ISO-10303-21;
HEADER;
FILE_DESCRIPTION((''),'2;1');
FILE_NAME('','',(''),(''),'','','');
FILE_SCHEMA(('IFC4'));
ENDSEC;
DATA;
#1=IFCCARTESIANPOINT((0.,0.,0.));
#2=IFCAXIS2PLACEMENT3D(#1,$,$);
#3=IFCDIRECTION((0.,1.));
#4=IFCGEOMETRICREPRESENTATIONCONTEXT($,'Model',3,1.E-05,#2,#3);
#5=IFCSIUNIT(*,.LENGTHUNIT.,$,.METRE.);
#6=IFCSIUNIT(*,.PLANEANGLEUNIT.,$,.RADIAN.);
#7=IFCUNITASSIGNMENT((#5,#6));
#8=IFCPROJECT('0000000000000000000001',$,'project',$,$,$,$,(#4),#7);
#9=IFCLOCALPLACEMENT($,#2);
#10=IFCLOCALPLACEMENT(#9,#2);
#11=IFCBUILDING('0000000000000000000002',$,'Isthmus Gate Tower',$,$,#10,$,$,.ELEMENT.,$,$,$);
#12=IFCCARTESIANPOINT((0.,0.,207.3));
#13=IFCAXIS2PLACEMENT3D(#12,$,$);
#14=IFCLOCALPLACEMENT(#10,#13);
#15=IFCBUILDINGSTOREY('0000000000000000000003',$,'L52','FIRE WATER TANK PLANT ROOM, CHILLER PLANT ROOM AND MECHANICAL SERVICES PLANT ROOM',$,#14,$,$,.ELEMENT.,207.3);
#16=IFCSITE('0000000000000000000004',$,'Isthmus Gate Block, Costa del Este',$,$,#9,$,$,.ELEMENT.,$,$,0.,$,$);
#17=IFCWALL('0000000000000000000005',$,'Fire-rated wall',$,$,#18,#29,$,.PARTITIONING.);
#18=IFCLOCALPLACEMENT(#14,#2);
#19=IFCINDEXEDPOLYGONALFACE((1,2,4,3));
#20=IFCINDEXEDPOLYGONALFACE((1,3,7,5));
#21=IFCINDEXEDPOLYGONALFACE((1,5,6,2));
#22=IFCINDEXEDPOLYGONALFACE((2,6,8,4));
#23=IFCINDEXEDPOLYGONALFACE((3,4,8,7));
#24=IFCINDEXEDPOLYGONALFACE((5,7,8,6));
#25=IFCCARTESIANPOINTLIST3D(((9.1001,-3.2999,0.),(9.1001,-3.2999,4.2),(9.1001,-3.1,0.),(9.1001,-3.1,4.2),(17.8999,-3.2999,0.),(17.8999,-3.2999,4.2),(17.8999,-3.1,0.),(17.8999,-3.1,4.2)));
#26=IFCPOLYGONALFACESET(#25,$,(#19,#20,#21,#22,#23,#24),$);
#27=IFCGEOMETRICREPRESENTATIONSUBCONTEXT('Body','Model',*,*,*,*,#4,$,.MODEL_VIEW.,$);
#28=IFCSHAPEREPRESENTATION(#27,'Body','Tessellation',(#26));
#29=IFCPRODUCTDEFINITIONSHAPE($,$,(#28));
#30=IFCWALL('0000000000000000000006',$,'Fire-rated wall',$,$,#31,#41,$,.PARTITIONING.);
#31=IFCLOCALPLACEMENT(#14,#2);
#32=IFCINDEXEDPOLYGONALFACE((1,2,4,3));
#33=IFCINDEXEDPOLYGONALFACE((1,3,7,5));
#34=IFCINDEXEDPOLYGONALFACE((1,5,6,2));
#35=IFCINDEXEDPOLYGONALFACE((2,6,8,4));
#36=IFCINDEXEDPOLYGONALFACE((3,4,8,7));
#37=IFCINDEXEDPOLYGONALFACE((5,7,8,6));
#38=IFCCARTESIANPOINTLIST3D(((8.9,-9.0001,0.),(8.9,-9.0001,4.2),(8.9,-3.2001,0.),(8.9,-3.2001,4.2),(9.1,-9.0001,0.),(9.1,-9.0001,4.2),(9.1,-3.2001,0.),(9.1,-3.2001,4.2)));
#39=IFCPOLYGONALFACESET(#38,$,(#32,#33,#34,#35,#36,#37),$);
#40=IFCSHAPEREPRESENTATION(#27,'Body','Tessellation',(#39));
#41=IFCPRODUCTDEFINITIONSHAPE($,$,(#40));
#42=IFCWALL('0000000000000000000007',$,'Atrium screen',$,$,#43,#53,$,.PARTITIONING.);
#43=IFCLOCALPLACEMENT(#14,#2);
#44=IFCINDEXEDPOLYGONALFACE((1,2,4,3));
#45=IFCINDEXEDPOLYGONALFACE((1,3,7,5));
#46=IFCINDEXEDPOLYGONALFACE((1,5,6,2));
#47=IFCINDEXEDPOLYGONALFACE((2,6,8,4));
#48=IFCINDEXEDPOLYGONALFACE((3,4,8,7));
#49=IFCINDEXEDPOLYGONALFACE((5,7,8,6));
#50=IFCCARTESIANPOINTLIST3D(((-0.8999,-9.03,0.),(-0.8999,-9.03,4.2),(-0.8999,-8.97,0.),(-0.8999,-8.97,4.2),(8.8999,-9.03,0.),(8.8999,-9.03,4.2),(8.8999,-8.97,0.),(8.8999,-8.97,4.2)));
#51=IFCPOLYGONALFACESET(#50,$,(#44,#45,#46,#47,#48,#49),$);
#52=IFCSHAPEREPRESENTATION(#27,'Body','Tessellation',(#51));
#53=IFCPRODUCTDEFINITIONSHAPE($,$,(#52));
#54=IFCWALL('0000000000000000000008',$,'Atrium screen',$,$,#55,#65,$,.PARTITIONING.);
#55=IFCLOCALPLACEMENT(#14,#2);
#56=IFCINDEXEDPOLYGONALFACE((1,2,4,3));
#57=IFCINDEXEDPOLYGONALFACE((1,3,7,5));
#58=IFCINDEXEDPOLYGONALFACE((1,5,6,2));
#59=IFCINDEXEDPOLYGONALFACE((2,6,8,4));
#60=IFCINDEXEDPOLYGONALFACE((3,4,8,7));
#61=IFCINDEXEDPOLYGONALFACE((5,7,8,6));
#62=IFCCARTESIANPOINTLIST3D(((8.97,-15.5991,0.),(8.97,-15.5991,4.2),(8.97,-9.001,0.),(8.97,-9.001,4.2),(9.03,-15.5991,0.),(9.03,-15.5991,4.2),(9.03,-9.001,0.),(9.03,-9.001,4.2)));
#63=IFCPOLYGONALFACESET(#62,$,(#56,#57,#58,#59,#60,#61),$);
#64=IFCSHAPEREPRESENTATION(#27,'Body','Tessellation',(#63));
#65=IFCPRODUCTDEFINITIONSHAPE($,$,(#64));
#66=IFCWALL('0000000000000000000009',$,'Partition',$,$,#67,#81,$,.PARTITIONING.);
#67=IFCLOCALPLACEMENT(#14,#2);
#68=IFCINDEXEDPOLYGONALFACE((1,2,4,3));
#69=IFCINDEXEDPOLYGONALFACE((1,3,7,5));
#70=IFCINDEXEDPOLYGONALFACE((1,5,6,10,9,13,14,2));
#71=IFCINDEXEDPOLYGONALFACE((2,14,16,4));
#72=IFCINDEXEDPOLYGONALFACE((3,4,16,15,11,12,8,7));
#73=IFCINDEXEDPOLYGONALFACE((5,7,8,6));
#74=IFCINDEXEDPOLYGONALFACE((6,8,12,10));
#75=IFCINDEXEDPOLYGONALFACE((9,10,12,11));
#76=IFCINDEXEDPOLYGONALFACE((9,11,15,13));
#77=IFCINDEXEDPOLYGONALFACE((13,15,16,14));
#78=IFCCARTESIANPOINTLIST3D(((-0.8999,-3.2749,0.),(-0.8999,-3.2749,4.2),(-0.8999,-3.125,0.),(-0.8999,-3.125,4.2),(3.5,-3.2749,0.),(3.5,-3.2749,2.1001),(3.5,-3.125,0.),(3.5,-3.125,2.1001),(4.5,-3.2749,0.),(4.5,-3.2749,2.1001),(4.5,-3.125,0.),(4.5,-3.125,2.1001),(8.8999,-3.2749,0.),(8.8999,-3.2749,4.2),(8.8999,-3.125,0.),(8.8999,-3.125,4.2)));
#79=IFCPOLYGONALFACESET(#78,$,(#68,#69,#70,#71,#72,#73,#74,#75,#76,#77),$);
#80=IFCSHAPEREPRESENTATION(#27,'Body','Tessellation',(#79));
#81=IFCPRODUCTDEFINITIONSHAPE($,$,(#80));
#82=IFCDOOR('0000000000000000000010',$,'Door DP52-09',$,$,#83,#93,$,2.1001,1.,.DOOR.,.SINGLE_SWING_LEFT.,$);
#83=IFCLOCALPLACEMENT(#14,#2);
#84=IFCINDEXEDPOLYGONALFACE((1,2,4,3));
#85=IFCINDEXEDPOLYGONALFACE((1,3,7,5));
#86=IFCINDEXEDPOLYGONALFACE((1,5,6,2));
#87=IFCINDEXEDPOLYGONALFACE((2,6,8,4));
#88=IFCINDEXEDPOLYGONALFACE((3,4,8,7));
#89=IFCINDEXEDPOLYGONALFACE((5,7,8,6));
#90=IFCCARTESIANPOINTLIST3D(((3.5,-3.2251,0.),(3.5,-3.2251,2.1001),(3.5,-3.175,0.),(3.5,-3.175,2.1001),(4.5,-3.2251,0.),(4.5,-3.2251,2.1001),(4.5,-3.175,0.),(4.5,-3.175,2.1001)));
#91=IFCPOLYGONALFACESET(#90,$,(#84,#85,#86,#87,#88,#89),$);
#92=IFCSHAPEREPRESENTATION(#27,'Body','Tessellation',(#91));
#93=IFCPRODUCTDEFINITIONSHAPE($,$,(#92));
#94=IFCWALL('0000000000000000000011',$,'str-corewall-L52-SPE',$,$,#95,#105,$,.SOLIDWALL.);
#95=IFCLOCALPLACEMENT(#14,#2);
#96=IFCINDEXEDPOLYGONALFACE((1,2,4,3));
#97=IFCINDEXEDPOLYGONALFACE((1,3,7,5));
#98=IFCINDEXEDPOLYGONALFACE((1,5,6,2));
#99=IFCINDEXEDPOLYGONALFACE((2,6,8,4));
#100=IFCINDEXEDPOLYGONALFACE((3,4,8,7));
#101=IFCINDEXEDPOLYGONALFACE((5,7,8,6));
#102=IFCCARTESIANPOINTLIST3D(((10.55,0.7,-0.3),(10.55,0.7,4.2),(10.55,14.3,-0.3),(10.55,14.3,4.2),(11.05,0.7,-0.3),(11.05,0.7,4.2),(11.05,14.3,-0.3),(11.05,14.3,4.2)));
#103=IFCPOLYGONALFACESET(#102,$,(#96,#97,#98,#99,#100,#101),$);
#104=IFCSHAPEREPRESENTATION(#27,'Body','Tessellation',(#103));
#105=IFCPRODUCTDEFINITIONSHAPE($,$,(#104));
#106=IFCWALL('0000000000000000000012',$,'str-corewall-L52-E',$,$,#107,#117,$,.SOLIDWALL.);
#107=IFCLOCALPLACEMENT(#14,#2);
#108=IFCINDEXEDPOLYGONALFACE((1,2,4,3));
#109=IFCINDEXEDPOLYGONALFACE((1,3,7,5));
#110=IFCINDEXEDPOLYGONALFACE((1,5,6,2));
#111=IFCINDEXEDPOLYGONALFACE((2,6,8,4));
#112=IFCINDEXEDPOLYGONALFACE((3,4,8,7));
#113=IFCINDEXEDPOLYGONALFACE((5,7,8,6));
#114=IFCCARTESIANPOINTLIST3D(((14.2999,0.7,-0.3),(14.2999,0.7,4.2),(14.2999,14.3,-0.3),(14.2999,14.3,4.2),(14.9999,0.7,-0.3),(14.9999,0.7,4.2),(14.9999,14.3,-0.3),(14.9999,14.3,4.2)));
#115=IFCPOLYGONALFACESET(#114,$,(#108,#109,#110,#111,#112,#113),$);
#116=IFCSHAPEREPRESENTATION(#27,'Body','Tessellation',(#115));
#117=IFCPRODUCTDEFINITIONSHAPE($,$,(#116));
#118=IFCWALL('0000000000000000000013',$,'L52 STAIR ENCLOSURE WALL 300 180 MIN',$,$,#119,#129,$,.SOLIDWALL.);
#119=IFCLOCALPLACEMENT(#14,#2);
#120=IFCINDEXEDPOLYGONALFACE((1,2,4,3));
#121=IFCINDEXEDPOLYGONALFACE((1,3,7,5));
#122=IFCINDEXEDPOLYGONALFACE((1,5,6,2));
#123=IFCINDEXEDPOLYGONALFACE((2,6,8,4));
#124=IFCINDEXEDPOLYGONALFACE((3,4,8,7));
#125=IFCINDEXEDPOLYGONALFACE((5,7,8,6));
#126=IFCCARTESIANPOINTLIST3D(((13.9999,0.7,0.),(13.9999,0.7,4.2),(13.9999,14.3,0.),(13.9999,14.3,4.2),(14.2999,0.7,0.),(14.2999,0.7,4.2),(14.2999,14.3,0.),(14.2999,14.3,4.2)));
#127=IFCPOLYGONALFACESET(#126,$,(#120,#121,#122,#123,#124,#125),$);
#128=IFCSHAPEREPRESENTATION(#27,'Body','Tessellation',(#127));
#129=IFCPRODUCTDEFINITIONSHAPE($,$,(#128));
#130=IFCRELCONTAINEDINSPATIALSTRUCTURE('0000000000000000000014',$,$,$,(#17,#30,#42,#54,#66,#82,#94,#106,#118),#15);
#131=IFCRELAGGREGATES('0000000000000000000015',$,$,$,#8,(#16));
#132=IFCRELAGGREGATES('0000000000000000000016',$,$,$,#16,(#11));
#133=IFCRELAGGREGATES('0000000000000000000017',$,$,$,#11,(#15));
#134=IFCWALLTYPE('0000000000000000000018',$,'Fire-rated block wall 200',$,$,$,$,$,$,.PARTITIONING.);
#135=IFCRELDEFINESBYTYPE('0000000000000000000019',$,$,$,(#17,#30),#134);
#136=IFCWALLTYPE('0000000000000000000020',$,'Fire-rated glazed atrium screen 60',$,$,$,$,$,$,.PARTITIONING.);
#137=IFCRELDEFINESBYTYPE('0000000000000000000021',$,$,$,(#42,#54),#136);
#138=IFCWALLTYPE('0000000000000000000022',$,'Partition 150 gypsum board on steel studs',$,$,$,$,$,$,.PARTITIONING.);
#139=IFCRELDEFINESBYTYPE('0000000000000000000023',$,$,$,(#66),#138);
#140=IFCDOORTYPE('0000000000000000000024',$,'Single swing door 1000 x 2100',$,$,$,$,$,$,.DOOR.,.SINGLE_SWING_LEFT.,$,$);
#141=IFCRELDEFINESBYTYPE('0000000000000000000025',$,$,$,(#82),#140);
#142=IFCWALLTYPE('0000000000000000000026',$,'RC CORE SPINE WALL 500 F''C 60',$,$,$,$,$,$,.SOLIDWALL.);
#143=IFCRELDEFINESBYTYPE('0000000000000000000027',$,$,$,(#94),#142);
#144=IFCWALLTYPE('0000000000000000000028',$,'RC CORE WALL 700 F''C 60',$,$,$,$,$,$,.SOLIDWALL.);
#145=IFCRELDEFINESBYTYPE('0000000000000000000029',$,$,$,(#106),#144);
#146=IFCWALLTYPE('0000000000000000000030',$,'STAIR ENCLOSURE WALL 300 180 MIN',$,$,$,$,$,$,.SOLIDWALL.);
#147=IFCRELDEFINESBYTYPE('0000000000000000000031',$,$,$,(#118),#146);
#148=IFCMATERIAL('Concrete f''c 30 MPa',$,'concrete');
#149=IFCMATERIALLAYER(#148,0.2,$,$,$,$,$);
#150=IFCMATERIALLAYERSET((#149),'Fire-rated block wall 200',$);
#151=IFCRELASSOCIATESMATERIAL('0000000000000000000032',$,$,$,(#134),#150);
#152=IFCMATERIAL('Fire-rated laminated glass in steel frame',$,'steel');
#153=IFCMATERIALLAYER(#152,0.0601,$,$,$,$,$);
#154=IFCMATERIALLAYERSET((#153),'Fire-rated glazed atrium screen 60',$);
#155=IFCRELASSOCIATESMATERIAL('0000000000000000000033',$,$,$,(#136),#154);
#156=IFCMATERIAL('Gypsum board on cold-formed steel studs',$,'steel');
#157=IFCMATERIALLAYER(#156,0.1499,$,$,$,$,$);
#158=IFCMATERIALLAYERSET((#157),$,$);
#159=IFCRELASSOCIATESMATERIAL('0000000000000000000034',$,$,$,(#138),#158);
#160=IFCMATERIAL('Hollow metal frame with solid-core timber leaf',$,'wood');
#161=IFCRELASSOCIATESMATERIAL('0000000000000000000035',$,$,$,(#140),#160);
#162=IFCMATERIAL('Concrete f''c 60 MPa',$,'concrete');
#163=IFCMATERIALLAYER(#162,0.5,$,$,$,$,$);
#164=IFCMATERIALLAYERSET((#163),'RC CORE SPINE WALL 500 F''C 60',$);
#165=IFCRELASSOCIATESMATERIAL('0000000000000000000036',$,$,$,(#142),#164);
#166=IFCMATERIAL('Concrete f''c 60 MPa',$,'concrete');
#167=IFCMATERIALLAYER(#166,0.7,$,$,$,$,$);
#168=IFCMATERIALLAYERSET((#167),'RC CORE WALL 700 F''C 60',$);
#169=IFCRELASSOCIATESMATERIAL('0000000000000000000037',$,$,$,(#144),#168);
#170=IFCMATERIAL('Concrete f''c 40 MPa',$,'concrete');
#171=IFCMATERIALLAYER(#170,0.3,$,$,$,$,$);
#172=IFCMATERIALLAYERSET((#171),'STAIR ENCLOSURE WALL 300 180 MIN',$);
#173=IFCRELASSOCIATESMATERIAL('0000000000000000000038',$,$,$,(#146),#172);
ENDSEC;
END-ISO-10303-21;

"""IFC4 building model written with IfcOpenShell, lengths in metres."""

from ifc_helpers import new_model, si_unit, direction, frame, frame_2d, origin, place, context, subcontext, project, spatial, rectangle, extrude, material, layer, layer_set, type_object, element, fill, save


model = new_model("IFC4")

# Units and contexts
model_context = context("Model", 3, precision=1e-05, world=origin(), true_north=direction((0.0, 1.0)))
body_context = subcontext(model_context, "Body", "Model", "MODEL_VIEW")
ifc_project = project(units=[si_unit("LENGTHUNIT", "METRE"), si_unit("PLANEANGLEUNIT", "RADIAN")], contexts=[model_context])

# Site, building, storey
site_placement = place(None, origin())
site = spatial("IfcSite", under=ifc_project, at=site_placement, Name="Isthmus Gate Block, Costa del Este", CompositionType="ELEMENT", RefElevation=0.0)
building_placement = place(site_placement, origin())
building = spatial("IfcBuilding", under=site, at=building_placement, Name="Isthmus Gate Tower", CompositionType="ELEMENT")
storey_placement = place(building_placement, frame((0.0, 0.0, 207.3)))
storey = spatial("IfcBuildingStorey", under=building, at=storey_placement, Name="L52", Description="FIRE WATER TANK PLANT ROOM, CHILLER PLANT ROOM AND MECHANICAL SERVICES PLANT ROOM", CompositionType="ELEMENT", Elevation=207.3)

# Walls
ifc_material_1 = material(Name="Concrete f'c 30 MPa", Category="concrete")
ifc_layer_1 = layer(ifc_material_1, 0.2)
ifc_layer_set_1 = layer_set([ifc_layer_1], Name="Fire-rated block wall 200")
wall_type_1 = type_object("IfcWallType", Name="Fire-rated block wall 200", PredefinedType="PARTITIONING", material=ifc_layer_set_1)
wall_1_placement = place(storey_placement, frame((9.1001, -3.2, 0.0), z_axis=(0.0, 0.0, 1.0), x_axis=(1.0, 0.0, 0.0)))
element("IfcWall", 1, at=wall_1_placement, inside=storey, type_object=wall_type_1, Name="Fire-rated wall", PredefinedType="PARTITIONING", context=body_context, shape_type="SweptSolid", body=[
    extrude(rectangle(XDim=8.7998, YDim=0.2, at=frame_2d((4.3999, 0.0))), origin(), (0.0, 0.0, 1.0), 4.2),
])
wall_2_placement = place(storey_placement, frame((9.0, -9.0, 0.0), z_axis=(0.0, 0.0, 1.0), x_axis=(0.0, 1.0, 0.0)))
element("IfcWall", 2, at=wall_2_placement, inside=storey, type_object=wall_type_1, Name="Fire-rated wall", PredefinedType="PARTITIONING", context=body_context, shape_type="SweptSolid", body=[
    extrude(rectangle(XDim=5.8, YDim=0.2, at=frame_2d((2.8999, 0.0))), origin(), (0.0, 0.0, 1.0), 4.2),
])
ifc_material_2 = material(Name="Fire-rated laminated glass in steel frame", Category="steel")
ifc_layer_2 = layer(ifc_material_2, 0.0601)
ifc_layer_set_2 = layer_set([ifc_layer_2], Name="Fire-rated glazed atrium screen 60")
wall_type_2 = type_object("IfcWallType", Name="Fire-rated glazed atrium screen 60", PredefinedType="PARTITIONING", material=ifc_layer_set_2)
wall_3_placement = place(storey_placement, frame((-0.8999, -9.0, 0.0), z_axis=(0.0, 0.0, 1.0), x_axis=(1.0, 0.0, 0.0)))
element("IfcWall", 3, at=wall_3_placement, inside=storey, type_object=wall_type_2, Name="Atrium screen", PredefinedType="PARTITIONING", context=body_context, shape_type="SweptSolid", body=[
    extrude(rectangle(XDim=9.7998, YDim=0.0601, at=frame_2d((4.8999, 0.0))), origin(), (0.0, 0.0, 1.0), 4.2),
])
wall_4_placement = place(storey_placement, frame((9.0, -15.5991, 0.0), z_axis=(0.0, 0.0, 1.0), x_axis=(0.0, 1.0, 0.0)))
element("IfcWall", 4, at=wall_4_placement, inside=storey, type_object=wall_type_2, Name="Atrium screen", PredefinedType="PARTITIONING", context=body_context, shape_type="SweptSolid", body=[
    extrude(rectangle(XDim=6.5981, YDim=0.0601, at=frame_2d((3.2991, 0.0))), origin(), (0.0, 0.0, 1.0), 4.2),
])

# Wall, opening, door
ifc_material_3 = material(Name="Gypsum board on cold-formed steel studs", Category="steel")
ifc_layer_3 = layer(ifc_material_3, 0.1499)
ifc_layer_set_3 = layer_set([ifc_layer_3])
wall_type_3 = type_object("IfcWallType", Name="Partition 150 gypsum board on steel studs", PredefinedType="PARTITIONING", material=ifc_layer_set_3)
wall_5_placement = place(storey_placement, frame((-0.8999, -3.2, 0.0), z_axis=(0.0, 0.0, 1.0), x_axis=(1.0, 0.0, 0.0)))
wall_5 = element("IfcWall", 5, at=wall_5_placement, inside=storey, type_object=wall_type_3, Name="Partition", PredefinedType="PARTITIONING", context=body_context, shape_type="SweptSolid", body=[
    extrude(rectangle(XDim=9.7998, YDim=0.1499, at=frame_2d((4.8999, 0.0))), origin(), (0.0, 0.0, 1.0), 4.2),
])
opening_placement = place(wall_5_placement, frame((4.3999, 0.0, 0.0)))
opening = element("IfcOpeningElement", 6, at=opening_placement, cuts=wall_5, PredefinedType="OPENING", context=body_context, shape_type="SweptSolid", body=[
    extrude(rectangle(XDim=1.0, YDim=2.1001, at=frame_2d((0.5, 1.05))), frame((0.0, 0.085, 0.0), z_axis=(0.0, -1.0, 0.0), x_axis=(1.0, 0.0, 0.0)), (0.0, 0.0, 1.0), 0.1699),
])
ifc_material_4 = material(Name="Hollow metal frame with solid-core timber leaf", Category="wood")
door_type = type_object("IfcDoorType", Name="Single swing door 1000 x 2100", OperationType="SINGLE_SWING_LEFT", PredefinedType="DOOR", material=ifc_material_4)
door_placement = place(opening_placement, origin())
door = element("IfcDoor", 7, at=door_placement, inside=storey, type_object=door_type, Name="Door DP52-09", OperationType="SINGLE_SWING_LEFT", OverallHeight=2.1001, OverallWidth=1.0, PredefinedType="DOOR", context=body_context, shape_type="SweptSolid", body=[
    extrude(rectangle(XDim=1.0, YDim=2.1001, at=frame_2d((0.5, 1.05))), frame((0.0, 0.0249, 0.0), z_axis=(0.0, -1.0, 0.0), x_axis=(1.0, 0.0, 0.0)), (0.0, 0.0, 1.0), 0.05),
])
fill(opening, door)

# Walls
ifc_material_5 = material(Name="Concrete f'c 60 MPa", Category="concrete")
ifc_layer_4 = layer(ifc_material_5, 0.5)
ifc_layer_set_4 = layer_set([ifc_layer_4], Name="RC CORE SPINE WALL 500 F'C 60")
wall_type_4 = type_object("IfcWallType", Name="RC CORE SPINE WALL 500 F'C 60", PredefinedType="SOLIDWALL", material=ifc_layer_set_4)
wall_6_placement = place(storey_placement, frame((10.8, 0.7, -0.3), z_axis=(0.0, 0.0, 1.0), x_axis=(0.0, 1.0, 0.0)))
element("IfcWall", 8, at=wall_6_placement, inside=storey, type_object=wall_type_4, Name="str-corewall-L52-SPE", PredefinedType="SOLIDWALL", context=body_context, shape_type="SweptSolid", body=[
    extrude(rectangle(XDim=13.6001, YDim=0.5, at=frame_2d((6.8, 0.0))), origin(), (0.0, 0.0, 1.0), 4.5),
])
ifc_material_6 = material(Name="Concrete f'c 60 MPa", Category="concrete")
ifc_layer_5 = layer(ifc_material_6, 0.7)
ifc_layer_set_5 = layer_set([ifc_layer_5], Name="RC CORE WALL 700 F'C 60")
wall_type_5 = type_object("IfcWallType", Name="RC CORE WALL 700 F'C 60", PredefinedType="SOLIDWALL", material=ifc_layer_set_5)
wall_7_placement = place(storey_placement, frame((14.6499, 0.7, -0.3), z_axis=(0.0, 0.0, 1.0), x_axis=(0.0, 1.0, 0.0)))
element("IfcWall", 9, at=wall_7_placement, inside=storey, type_object=wall_type_5, Name="str-corewall-L52-E", PredefinedType="SOLIDWALL", context=body_context, shape_type="SweptSolid", body=[
    extrude(rectangle(XDim=13.6001, YDim=0.7, at=frame_2d((6.8, 0.0))), origin(), (0.0, 0.0, 1.0), 4.5),
])
ifc_material_7 = material(Name="Concrete f'c 40 MPa", Category="concrete")
ifc_layer_6 = layer(ifc_material_7, 0.3)
ifc_layer_set_6 = layer_set([ifc_layer_6], Name="STAIR ENCLOSURE WALL 300 180 MIN")
wall_type_6 = type_object("IfcWallType", Name="STAIR ENCLOSURE WALL 300 180 MIN", PredefinedType="SOLIDWALL", material=ifc_layer_set_6)
wall_8_placement = place(storey_placement, frame((14.1499, 0.7, 0.0), z_axis=(0.0, 0.0, 1.0), x_axis=(0.0, 1.0, 0.0)))
element("IfcWall", 10, at=wall_8_placement, inside=storey, type_object=wall_type_6, Name="L52 STAIR ENCLOSURE WALL 300 180 MIN", PredefinedType="SOLIDWALL", context=body_context, shape_type="SweptSolid", body=[
    extrude(rectangle(XDim=13.6001, YDim=0.3, at=frame_2d((6.8, 0.0))), origin(), (0.0, 0.0, 1.0), 4.2),
])

save(model, "model.ifc")
